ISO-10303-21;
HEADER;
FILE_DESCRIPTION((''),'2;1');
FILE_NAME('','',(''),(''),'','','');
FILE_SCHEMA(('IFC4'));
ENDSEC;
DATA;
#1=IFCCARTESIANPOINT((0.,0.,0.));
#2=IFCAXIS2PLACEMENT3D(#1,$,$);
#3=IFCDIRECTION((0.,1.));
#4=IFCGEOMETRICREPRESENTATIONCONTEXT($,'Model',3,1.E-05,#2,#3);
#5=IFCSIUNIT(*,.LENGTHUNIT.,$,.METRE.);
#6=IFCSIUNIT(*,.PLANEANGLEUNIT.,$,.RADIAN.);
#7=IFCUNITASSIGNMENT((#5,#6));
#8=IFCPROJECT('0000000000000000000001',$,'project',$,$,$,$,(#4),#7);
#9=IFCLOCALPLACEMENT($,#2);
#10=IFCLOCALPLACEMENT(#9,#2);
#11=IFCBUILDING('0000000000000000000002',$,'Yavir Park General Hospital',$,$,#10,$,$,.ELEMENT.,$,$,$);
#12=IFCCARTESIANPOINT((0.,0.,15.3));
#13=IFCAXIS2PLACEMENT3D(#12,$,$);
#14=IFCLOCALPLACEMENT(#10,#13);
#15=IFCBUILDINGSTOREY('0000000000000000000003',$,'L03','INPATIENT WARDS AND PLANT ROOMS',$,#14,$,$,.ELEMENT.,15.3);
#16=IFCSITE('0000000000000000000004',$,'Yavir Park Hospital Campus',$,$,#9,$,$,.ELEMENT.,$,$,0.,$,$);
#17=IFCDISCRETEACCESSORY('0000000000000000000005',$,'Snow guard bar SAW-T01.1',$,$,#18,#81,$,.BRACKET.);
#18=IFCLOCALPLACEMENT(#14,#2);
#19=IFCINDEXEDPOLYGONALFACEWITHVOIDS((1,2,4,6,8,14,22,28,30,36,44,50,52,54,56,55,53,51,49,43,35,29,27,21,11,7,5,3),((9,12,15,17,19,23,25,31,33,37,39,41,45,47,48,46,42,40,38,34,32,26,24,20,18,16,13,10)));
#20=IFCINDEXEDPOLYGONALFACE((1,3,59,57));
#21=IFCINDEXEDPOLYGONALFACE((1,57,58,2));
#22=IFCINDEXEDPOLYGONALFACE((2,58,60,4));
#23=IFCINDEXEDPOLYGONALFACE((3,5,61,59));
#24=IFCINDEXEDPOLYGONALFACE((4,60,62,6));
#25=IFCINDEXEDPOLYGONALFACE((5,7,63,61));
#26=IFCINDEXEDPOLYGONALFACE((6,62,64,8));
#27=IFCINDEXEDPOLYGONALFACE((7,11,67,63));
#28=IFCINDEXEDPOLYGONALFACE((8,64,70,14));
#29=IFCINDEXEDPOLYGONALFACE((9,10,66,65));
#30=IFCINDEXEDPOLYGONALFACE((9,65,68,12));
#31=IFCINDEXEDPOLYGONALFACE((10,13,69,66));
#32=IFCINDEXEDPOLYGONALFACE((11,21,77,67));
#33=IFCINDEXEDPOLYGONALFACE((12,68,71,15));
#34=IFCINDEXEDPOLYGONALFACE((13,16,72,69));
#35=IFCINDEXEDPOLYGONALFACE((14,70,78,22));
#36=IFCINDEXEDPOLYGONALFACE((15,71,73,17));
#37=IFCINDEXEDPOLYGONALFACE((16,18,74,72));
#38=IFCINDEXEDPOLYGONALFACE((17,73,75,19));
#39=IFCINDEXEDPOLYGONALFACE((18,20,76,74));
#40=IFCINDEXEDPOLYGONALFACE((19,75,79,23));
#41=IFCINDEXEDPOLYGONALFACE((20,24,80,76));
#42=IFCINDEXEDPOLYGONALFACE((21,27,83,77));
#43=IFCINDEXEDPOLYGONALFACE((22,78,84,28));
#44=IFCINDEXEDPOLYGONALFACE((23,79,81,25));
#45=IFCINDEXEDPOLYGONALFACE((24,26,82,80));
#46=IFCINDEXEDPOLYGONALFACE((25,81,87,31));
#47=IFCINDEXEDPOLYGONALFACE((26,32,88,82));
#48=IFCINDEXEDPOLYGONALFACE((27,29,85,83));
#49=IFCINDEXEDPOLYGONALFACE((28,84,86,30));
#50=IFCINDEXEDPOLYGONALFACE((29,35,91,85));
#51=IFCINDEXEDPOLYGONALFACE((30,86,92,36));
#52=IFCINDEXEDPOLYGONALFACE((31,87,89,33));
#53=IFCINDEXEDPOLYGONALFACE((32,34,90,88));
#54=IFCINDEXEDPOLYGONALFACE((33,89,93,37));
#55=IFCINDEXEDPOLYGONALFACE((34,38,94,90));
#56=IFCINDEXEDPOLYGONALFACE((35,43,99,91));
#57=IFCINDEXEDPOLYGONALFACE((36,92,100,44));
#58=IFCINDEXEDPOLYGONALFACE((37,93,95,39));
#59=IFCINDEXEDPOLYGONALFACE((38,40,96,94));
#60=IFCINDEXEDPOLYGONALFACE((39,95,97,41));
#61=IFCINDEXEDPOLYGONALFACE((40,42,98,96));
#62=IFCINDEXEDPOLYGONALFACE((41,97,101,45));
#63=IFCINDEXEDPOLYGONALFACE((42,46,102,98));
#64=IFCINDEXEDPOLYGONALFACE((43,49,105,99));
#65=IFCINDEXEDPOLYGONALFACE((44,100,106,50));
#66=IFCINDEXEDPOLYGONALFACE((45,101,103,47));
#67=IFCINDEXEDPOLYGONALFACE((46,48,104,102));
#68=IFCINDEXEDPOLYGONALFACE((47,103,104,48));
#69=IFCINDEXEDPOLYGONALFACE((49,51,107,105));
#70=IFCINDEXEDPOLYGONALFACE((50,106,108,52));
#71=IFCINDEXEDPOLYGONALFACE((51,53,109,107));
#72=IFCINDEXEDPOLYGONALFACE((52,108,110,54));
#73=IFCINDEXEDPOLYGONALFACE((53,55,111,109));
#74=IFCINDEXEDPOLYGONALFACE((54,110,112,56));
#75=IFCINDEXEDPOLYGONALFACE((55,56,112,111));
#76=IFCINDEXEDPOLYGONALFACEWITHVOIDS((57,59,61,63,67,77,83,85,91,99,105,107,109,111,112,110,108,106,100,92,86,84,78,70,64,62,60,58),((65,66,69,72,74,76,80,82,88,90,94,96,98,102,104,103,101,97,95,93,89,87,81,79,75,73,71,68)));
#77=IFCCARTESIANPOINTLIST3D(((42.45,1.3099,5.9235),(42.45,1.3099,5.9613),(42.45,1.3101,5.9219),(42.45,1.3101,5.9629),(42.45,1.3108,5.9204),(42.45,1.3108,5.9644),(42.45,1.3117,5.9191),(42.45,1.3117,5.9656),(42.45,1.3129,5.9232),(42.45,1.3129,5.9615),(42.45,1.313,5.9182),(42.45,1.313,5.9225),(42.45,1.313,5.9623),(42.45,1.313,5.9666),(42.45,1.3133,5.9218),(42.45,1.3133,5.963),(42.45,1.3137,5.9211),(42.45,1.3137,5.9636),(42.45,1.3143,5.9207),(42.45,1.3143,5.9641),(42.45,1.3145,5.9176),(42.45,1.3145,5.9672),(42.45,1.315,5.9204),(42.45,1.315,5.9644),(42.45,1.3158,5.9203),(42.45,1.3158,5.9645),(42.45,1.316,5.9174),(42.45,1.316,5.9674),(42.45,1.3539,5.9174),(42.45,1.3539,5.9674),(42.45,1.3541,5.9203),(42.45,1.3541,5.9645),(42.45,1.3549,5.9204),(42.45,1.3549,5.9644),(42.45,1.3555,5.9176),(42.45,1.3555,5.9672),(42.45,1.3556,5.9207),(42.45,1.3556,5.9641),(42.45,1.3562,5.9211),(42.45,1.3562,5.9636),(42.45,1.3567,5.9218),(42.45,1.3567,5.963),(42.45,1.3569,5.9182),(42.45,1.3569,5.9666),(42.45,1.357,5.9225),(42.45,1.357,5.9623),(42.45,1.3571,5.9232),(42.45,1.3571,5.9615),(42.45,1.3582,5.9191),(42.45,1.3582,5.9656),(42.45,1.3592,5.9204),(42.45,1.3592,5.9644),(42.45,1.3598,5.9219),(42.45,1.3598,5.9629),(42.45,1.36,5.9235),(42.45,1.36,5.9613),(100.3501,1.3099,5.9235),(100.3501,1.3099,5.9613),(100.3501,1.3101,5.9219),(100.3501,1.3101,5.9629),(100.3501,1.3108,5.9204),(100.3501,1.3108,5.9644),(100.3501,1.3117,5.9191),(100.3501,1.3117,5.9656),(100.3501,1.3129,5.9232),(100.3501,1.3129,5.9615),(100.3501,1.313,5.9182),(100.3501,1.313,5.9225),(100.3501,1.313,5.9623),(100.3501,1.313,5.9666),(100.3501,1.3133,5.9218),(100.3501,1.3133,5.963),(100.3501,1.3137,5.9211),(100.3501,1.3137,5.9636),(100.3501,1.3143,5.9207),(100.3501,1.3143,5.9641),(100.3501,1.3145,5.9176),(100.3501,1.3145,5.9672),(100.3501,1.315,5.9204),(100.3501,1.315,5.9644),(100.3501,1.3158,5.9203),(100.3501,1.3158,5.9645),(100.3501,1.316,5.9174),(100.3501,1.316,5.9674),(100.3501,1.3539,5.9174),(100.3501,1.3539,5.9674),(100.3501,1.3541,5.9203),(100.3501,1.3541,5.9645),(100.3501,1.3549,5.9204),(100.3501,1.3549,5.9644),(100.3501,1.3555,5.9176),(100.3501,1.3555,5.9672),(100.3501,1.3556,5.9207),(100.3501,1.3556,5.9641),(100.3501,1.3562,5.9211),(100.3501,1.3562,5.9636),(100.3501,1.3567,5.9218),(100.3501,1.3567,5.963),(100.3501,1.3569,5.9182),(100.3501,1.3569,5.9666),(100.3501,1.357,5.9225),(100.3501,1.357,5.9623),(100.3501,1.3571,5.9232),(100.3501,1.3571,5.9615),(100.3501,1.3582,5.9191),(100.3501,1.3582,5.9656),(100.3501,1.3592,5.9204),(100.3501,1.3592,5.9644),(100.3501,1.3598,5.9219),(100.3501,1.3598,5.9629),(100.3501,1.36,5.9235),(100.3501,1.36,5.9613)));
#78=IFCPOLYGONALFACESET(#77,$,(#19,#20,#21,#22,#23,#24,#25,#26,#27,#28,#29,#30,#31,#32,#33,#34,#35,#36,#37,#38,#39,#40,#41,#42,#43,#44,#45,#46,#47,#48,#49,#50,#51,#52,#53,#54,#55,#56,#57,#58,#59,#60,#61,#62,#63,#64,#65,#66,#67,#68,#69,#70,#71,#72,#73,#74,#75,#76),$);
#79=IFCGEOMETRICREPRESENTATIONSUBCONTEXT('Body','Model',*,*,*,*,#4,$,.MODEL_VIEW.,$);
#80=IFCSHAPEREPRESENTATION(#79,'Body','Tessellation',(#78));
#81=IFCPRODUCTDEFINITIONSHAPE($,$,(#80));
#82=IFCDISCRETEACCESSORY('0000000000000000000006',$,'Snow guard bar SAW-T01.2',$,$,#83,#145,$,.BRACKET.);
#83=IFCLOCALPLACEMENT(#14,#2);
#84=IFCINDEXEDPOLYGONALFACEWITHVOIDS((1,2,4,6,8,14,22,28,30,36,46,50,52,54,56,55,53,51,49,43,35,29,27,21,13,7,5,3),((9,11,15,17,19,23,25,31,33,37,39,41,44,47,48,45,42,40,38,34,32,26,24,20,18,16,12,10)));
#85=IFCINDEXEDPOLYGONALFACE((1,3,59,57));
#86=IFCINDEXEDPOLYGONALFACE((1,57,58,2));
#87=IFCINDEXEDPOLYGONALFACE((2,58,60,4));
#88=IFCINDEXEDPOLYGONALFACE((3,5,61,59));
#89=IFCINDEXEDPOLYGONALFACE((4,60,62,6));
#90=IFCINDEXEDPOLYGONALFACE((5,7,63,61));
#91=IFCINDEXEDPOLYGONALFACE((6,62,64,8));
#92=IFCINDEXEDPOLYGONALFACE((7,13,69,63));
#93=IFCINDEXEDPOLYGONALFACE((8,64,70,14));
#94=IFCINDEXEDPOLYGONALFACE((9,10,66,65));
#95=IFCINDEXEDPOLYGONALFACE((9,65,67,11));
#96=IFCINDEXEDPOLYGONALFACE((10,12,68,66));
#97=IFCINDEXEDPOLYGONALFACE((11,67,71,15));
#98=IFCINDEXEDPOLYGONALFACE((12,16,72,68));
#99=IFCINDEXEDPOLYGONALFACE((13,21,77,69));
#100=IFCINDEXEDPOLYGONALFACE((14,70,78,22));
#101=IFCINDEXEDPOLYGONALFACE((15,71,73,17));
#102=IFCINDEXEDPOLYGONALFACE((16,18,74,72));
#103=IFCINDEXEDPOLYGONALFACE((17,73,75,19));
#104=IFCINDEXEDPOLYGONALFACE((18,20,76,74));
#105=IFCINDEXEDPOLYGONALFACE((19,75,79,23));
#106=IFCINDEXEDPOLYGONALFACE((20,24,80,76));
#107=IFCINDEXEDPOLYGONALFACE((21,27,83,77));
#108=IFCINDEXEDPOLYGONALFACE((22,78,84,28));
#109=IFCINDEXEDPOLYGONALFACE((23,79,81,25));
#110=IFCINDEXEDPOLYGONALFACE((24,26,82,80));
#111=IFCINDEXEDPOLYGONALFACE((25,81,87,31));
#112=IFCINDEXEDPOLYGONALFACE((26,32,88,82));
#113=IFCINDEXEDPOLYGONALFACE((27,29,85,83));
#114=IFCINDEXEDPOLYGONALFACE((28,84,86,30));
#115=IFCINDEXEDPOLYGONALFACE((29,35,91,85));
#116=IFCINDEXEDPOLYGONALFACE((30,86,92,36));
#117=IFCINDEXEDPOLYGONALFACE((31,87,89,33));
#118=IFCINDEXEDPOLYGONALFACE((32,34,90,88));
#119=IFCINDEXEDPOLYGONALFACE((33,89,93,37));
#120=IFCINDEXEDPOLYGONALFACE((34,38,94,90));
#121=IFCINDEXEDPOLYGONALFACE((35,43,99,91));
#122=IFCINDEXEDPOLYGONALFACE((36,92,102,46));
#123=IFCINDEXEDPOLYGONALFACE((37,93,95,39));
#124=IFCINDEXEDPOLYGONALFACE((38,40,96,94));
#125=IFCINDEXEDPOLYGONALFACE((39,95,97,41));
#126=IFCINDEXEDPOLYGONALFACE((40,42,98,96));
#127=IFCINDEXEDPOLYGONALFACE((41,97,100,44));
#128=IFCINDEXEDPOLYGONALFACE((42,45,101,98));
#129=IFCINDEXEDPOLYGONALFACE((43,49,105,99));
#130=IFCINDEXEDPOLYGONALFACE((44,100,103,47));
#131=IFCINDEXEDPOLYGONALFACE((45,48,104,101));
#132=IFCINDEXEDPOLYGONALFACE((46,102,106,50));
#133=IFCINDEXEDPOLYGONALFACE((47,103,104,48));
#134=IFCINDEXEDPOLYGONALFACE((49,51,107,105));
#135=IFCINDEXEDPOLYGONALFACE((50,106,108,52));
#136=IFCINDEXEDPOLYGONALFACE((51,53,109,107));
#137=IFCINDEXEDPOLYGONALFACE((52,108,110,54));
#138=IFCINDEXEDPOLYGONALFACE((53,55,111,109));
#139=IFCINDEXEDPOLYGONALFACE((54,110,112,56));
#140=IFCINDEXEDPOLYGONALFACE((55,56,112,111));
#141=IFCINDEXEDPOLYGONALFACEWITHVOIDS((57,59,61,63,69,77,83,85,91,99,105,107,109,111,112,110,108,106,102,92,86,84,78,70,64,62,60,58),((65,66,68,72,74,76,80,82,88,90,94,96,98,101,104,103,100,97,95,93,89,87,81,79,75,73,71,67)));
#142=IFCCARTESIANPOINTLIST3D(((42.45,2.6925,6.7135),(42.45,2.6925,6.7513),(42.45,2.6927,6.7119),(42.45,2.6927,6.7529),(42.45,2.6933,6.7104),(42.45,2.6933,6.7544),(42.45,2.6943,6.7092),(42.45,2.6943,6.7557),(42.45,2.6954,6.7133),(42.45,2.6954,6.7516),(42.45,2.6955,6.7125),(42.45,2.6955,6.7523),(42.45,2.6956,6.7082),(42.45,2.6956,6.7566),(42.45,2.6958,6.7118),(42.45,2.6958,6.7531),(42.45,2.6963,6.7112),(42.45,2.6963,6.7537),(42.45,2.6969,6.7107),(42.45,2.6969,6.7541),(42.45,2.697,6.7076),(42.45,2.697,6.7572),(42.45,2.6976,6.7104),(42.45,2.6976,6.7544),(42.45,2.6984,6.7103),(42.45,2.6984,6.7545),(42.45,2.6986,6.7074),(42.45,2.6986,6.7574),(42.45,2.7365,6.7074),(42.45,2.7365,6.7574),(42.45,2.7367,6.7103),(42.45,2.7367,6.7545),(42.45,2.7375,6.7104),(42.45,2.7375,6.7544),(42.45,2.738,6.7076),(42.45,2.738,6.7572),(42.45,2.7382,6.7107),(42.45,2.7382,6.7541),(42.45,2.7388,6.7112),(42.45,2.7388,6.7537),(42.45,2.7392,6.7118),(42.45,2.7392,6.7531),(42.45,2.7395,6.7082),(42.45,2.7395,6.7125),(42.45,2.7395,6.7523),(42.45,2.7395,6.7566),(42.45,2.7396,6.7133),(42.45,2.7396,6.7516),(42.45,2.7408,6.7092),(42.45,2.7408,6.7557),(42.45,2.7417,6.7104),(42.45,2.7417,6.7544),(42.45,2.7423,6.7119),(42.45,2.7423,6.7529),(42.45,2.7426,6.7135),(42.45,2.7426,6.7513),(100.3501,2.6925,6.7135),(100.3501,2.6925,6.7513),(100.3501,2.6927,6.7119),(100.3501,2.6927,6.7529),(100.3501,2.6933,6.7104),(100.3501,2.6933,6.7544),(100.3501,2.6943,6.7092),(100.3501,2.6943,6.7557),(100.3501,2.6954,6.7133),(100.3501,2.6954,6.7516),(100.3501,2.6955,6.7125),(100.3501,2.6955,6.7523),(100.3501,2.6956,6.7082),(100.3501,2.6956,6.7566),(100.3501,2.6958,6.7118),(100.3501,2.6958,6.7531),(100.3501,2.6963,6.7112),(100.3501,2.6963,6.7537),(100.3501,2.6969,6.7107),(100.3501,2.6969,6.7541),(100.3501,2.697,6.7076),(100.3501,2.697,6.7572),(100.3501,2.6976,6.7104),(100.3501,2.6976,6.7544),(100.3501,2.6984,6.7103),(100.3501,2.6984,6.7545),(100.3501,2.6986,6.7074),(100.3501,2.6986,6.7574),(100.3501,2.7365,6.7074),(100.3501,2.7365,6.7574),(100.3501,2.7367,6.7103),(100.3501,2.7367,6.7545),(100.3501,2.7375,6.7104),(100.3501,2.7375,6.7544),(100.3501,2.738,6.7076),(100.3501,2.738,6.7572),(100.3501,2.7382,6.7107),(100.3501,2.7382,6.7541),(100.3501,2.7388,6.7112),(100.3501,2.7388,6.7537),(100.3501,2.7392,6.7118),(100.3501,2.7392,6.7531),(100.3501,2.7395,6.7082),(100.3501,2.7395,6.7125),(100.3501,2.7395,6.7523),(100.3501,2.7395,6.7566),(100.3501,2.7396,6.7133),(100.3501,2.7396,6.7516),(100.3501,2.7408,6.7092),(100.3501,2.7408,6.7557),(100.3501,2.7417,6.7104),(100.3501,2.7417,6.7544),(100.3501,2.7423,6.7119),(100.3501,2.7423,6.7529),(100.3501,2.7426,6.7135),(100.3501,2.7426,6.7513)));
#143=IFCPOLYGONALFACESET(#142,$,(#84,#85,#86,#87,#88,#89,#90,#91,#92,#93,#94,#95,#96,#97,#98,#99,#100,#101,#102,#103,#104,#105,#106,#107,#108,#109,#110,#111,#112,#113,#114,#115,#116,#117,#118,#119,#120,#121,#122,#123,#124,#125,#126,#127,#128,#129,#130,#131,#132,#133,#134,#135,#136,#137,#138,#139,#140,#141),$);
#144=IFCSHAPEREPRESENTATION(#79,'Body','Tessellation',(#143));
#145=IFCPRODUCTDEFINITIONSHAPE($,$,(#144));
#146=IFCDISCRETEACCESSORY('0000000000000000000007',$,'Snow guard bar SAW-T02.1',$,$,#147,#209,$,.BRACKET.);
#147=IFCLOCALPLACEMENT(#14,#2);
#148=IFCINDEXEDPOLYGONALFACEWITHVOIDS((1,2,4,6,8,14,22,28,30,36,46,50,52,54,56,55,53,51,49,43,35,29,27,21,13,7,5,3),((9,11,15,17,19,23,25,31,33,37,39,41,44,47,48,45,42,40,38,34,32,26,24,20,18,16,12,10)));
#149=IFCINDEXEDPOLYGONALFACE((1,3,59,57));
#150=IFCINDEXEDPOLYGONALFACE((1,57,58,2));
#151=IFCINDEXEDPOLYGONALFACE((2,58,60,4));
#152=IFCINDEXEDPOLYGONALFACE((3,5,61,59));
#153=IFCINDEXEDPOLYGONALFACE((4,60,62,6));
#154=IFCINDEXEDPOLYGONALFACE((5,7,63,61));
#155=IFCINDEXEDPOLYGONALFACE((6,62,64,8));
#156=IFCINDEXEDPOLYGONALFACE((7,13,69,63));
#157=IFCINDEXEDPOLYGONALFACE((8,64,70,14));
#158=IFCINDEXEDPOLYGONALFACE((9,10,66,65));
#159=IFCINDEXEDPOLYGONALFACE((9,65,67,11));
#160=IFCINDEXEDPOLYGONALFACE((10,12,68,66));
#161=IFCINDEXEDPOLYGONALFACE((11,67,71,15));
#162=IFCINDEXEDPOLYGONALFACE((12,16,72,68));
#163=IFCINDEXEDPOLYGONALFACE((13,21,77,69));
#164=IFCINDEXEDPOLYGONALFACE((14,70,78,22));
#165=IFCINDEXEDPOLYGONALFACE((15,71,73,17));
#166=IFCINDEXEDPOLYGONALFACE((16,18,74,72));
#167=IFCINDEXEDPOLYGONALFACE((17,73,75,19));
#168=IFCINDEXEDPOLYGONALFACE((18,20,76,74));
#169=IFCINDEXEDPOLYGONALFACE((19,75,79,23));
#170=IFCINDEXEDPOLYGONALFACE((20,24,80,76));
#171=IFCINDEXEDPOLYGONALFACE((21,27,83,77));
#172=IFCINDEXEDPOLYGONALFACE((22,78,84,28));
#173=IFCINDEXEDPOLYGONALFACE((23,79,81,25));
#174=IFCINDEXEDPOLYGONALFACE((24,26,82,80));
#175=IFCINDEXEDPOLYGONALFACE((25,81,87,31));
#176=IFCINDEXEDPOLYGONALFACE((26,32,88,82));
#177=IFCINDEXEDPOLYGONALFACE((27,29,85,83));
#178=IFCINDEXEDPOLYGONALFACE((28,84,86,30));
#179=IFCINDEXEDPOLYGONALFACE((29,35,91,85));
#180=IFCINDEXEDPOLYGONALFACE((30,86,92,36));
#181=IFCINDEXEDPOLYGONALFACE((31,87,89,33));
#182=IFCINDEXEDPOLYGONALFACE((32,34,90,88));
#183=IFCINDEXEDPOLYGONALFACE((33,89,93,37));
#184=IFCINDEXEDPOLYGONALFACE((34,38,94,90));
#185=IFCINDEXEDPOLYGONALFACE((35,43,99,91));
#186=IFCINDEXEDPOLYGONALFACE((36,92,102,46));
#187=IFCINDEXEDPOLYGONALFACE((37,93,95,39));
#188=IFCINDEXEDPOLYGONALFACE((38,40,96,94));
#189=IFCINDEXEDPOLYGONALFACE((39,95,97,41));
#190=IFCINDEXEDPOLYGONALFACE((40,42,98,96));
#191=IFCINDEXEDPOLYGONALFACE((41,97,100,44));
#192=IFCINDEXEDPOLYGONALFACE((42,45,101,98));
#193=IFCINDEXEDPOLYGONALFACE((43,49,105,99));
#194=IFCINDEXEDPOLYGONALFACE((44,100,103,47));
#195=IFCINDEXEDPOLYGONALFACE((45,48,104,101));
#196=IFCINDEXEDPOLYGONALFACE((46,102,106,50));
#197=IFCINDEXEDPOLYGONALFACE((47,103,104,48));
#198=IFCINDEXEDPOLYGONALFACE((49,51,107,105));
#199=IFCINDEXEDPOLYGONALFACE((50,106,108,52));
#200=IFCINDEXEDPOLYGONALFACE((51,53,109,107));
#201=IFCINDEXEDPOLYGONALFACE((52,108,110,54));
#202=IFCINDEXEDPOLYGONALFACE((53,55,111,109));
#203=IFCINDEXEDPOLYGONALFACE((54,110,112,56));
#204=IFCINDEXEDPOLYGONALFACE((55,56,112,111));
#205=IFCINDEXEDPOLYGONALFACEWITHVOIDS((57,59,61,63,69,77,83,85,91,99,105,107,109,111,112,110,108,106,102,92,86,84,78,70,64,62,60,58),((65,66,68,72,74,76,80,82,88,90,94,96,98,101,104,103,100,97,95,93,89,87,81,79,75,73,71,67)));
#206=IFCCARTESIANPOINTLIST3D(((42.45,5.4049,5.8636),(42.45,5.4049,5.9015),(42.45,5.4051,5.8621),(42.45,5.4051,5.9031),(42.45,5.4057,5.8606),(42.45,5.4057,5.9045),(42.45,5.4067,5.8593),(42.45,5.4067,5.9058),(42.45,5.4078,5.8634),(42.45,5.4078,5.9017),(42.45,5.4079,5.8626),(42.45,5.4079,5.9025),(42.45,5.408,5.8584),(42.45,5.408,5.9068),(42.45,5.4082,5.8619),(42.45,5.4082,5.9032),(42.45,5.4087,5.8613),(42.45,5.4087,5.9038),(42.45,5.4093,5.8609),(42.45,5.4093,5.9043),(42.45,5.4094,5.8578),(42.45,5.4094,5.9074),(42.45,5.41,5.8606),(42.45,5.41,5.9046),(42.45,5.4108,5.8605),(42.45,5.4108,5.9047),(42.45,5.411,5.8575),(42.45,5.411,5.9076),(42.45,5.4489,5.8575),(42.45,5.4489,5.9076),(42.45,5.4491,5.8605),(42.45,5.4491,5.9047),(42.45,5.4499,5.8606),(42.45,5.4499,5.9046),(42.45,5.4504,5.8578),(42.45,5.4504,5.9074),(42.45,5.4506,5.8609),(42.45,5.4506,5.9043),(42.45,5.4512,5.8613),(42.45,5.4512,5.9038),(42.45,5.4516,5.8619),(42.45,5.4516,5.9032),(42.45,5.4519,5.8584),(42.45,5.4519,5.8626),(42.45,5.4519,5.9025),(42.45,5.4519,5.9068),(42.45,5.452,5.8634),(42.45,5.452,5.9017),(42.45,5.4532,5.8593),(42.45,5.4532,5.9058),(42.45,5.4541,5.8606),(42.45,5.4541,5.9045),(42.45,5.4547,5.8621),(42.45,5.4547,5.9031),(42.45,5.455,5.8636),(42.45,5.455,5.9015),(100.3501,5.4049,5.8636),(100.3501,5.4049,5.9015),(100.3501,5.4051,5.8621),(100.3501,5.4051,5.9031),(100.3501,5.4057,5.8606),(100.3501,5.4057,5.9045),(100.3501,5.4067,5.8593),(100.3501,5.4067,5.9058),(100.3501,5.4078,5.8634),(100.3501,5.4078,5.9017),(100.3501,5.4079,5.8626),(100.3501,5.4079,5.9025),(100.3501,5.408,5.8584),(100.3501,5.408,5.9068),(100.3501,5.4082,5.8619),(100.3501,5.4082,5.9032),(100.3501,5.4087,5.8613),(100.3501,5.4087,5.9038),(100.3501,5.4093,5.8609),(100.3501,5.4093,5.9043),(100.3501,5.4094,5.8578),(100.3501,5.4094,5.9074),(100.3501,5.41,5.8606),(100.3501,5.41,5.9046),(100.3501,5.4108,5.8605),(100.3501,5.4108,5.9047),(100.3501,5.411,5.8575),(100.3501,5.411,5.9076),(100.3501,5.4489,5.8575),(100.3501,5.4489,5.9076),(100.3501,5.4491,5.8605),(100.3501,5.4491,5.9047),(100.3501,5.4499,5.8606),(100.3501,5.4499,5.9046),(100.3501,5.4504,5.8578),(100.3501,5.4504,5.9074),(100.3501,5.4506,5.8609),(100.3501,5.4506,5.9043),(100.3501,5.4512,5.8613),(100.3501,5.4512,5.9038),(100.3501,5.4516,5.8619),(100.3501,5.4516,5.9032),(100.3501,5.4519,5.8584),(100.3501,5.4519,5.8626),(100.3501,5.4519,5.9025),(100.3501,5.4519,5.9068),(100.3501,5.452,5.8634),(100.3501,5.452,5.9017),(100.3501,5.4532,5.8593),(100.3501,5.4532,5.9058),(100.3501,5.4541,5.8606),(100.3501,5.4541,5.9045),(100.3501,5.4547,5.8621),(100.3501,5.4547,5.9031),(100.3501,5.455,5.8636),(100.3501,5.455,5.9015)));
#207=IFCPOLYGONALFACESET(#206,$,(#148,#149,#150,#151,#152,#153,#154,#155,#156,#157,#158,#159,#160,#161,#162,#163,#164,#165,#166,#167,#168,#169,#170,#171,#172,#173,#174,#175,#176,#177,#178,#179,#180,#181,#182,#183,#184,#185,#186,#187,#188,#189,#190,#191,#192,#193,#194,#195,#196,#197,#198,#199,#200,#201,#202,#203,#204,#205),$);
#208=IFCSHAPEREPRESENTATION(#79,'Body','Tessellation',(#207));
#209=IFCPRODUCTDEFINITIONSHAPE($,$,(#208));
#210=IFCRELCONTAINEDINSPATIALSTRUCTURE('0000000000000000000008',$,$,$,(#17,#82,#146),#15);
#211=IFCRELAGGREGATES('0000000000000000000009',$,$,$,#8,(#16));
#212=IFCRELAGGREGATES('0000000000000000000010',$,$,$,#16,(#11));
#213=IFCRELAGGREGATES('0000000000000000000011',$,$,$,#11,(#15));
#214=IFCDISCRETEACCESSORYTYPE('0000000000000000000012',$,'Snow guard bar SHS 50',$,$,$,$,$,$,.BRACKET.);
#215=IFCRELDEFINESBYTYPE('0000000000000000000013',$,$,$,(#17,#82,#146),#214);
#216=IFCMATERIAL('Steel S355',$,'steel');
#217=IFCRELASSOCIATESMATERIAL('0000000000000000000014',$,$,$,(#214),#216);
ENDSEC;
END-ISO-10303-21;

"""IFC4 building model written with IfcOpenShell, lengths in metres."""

from ifc_helpers import new_model, si_unit, direction, frame, origin, origin_2d, place, context, subcontext, project, spatial, hollow_rectangle, extrude, material, material_profile, profile_set, type_object, element, save


model = new_model("IFC4")

# Units and contexts
model_context = context("Model", 3, precision=1e-05, world=origin(), true_north=direction((0.0, 1.0)))
body_context = subcontext(model_context, "Body", "Model", "MODEL_VIEW")
ifc_project = project(units=[si_unit("LENGTHUNIT", "METRE"), si_unit("PLANEANGLEUNIT", "RADIAN")], contexts=[model_context])

# Site, building, storey
site_placement = place(None, origin())
site = spatial("IfcSite", under=ifc_project, at=site_placement, Name="Yavir Park Hospital Campus", CompositionType="ELEMENT", RefElevation=0.0)
building_placement = place(site_placement, origin())
building = spatial("IfcBuilding", under=site, at=building_placement, Name="Yavir Park General Hospital", CompositionType="ELEMENT")
storey_placement = place(building_placement, frame((0.0, 0.0, 15.3)))
storey = spatial("IfcBuildingStorey", under=building, at=storey_placement, Name="L03", Description="INPATIENT WARDS AND PLANT ROOMS", CompositionType="ELEMENT", Elevation=15.3)

# Discrete accessories
ifc_material_1 = material(Name="Steel S355", Category="steel")
ifc_material_profile_1 = material_profile(ifc_material_1, hollow_rectangle(XDim=0.05, YDim=0.05, WallThickness=0.0029, InnerFilletRadius=0.0029, OuterFilletRadius=0.0061, at=origin_2d()), Name="RHS50x50x3")
ifc_profile_set_1 = profile_set([ifc_material_profile_1], Name="Steel S355")
discrete_accessory_type_1 = type_object("IfcDiscreteAccessoryType", Name="Snow guard bar SHS 50", PredefinedType="BRACKET", material=ifc_profile_set_1)
for number, where, z_axis, x_axis, name in (
    (1, (42.45, 1.335, 5.9424), (1.0, 0.0, 0.0), (0.0, 1.0, 0.0), "Snow guard bar SAW-T01.1"),
    (2, (42.45, 2.7175, 6.7324), (1.0, 0.0, 0.0), (0.0, 1.0, 0.0), "Snow guard bar SAW-T01.2"),
    (3, (42.45, 5.4299, 5.8826), (1.0, 0.0, 0.0), (0.0, 1.0, 0.0), "Snow guard bar SAW-T02.1"),
):
    element("IfcDiscreteAccessory", number, at=place(storey_placement, frame(where, z_axis=z_axis, x_axis=x_axis)), inside=storey, type_object=discrete_accessory_type_1, Name=name, PredefinedType="BRACKET", context=body_context, shape_type="SweptSolid", body=[
        extrude(hollow_rectangle(XDim=0.05, YDim=0.05, WallThickness=0.0029, InnerFilletRadius=0.0029, OuterFilletRadius=0.0061, at=origin_2d()), origin(), (0.0, 0.0, 1.0), 57.9001),
    ])

save(model, "model.ifc")
